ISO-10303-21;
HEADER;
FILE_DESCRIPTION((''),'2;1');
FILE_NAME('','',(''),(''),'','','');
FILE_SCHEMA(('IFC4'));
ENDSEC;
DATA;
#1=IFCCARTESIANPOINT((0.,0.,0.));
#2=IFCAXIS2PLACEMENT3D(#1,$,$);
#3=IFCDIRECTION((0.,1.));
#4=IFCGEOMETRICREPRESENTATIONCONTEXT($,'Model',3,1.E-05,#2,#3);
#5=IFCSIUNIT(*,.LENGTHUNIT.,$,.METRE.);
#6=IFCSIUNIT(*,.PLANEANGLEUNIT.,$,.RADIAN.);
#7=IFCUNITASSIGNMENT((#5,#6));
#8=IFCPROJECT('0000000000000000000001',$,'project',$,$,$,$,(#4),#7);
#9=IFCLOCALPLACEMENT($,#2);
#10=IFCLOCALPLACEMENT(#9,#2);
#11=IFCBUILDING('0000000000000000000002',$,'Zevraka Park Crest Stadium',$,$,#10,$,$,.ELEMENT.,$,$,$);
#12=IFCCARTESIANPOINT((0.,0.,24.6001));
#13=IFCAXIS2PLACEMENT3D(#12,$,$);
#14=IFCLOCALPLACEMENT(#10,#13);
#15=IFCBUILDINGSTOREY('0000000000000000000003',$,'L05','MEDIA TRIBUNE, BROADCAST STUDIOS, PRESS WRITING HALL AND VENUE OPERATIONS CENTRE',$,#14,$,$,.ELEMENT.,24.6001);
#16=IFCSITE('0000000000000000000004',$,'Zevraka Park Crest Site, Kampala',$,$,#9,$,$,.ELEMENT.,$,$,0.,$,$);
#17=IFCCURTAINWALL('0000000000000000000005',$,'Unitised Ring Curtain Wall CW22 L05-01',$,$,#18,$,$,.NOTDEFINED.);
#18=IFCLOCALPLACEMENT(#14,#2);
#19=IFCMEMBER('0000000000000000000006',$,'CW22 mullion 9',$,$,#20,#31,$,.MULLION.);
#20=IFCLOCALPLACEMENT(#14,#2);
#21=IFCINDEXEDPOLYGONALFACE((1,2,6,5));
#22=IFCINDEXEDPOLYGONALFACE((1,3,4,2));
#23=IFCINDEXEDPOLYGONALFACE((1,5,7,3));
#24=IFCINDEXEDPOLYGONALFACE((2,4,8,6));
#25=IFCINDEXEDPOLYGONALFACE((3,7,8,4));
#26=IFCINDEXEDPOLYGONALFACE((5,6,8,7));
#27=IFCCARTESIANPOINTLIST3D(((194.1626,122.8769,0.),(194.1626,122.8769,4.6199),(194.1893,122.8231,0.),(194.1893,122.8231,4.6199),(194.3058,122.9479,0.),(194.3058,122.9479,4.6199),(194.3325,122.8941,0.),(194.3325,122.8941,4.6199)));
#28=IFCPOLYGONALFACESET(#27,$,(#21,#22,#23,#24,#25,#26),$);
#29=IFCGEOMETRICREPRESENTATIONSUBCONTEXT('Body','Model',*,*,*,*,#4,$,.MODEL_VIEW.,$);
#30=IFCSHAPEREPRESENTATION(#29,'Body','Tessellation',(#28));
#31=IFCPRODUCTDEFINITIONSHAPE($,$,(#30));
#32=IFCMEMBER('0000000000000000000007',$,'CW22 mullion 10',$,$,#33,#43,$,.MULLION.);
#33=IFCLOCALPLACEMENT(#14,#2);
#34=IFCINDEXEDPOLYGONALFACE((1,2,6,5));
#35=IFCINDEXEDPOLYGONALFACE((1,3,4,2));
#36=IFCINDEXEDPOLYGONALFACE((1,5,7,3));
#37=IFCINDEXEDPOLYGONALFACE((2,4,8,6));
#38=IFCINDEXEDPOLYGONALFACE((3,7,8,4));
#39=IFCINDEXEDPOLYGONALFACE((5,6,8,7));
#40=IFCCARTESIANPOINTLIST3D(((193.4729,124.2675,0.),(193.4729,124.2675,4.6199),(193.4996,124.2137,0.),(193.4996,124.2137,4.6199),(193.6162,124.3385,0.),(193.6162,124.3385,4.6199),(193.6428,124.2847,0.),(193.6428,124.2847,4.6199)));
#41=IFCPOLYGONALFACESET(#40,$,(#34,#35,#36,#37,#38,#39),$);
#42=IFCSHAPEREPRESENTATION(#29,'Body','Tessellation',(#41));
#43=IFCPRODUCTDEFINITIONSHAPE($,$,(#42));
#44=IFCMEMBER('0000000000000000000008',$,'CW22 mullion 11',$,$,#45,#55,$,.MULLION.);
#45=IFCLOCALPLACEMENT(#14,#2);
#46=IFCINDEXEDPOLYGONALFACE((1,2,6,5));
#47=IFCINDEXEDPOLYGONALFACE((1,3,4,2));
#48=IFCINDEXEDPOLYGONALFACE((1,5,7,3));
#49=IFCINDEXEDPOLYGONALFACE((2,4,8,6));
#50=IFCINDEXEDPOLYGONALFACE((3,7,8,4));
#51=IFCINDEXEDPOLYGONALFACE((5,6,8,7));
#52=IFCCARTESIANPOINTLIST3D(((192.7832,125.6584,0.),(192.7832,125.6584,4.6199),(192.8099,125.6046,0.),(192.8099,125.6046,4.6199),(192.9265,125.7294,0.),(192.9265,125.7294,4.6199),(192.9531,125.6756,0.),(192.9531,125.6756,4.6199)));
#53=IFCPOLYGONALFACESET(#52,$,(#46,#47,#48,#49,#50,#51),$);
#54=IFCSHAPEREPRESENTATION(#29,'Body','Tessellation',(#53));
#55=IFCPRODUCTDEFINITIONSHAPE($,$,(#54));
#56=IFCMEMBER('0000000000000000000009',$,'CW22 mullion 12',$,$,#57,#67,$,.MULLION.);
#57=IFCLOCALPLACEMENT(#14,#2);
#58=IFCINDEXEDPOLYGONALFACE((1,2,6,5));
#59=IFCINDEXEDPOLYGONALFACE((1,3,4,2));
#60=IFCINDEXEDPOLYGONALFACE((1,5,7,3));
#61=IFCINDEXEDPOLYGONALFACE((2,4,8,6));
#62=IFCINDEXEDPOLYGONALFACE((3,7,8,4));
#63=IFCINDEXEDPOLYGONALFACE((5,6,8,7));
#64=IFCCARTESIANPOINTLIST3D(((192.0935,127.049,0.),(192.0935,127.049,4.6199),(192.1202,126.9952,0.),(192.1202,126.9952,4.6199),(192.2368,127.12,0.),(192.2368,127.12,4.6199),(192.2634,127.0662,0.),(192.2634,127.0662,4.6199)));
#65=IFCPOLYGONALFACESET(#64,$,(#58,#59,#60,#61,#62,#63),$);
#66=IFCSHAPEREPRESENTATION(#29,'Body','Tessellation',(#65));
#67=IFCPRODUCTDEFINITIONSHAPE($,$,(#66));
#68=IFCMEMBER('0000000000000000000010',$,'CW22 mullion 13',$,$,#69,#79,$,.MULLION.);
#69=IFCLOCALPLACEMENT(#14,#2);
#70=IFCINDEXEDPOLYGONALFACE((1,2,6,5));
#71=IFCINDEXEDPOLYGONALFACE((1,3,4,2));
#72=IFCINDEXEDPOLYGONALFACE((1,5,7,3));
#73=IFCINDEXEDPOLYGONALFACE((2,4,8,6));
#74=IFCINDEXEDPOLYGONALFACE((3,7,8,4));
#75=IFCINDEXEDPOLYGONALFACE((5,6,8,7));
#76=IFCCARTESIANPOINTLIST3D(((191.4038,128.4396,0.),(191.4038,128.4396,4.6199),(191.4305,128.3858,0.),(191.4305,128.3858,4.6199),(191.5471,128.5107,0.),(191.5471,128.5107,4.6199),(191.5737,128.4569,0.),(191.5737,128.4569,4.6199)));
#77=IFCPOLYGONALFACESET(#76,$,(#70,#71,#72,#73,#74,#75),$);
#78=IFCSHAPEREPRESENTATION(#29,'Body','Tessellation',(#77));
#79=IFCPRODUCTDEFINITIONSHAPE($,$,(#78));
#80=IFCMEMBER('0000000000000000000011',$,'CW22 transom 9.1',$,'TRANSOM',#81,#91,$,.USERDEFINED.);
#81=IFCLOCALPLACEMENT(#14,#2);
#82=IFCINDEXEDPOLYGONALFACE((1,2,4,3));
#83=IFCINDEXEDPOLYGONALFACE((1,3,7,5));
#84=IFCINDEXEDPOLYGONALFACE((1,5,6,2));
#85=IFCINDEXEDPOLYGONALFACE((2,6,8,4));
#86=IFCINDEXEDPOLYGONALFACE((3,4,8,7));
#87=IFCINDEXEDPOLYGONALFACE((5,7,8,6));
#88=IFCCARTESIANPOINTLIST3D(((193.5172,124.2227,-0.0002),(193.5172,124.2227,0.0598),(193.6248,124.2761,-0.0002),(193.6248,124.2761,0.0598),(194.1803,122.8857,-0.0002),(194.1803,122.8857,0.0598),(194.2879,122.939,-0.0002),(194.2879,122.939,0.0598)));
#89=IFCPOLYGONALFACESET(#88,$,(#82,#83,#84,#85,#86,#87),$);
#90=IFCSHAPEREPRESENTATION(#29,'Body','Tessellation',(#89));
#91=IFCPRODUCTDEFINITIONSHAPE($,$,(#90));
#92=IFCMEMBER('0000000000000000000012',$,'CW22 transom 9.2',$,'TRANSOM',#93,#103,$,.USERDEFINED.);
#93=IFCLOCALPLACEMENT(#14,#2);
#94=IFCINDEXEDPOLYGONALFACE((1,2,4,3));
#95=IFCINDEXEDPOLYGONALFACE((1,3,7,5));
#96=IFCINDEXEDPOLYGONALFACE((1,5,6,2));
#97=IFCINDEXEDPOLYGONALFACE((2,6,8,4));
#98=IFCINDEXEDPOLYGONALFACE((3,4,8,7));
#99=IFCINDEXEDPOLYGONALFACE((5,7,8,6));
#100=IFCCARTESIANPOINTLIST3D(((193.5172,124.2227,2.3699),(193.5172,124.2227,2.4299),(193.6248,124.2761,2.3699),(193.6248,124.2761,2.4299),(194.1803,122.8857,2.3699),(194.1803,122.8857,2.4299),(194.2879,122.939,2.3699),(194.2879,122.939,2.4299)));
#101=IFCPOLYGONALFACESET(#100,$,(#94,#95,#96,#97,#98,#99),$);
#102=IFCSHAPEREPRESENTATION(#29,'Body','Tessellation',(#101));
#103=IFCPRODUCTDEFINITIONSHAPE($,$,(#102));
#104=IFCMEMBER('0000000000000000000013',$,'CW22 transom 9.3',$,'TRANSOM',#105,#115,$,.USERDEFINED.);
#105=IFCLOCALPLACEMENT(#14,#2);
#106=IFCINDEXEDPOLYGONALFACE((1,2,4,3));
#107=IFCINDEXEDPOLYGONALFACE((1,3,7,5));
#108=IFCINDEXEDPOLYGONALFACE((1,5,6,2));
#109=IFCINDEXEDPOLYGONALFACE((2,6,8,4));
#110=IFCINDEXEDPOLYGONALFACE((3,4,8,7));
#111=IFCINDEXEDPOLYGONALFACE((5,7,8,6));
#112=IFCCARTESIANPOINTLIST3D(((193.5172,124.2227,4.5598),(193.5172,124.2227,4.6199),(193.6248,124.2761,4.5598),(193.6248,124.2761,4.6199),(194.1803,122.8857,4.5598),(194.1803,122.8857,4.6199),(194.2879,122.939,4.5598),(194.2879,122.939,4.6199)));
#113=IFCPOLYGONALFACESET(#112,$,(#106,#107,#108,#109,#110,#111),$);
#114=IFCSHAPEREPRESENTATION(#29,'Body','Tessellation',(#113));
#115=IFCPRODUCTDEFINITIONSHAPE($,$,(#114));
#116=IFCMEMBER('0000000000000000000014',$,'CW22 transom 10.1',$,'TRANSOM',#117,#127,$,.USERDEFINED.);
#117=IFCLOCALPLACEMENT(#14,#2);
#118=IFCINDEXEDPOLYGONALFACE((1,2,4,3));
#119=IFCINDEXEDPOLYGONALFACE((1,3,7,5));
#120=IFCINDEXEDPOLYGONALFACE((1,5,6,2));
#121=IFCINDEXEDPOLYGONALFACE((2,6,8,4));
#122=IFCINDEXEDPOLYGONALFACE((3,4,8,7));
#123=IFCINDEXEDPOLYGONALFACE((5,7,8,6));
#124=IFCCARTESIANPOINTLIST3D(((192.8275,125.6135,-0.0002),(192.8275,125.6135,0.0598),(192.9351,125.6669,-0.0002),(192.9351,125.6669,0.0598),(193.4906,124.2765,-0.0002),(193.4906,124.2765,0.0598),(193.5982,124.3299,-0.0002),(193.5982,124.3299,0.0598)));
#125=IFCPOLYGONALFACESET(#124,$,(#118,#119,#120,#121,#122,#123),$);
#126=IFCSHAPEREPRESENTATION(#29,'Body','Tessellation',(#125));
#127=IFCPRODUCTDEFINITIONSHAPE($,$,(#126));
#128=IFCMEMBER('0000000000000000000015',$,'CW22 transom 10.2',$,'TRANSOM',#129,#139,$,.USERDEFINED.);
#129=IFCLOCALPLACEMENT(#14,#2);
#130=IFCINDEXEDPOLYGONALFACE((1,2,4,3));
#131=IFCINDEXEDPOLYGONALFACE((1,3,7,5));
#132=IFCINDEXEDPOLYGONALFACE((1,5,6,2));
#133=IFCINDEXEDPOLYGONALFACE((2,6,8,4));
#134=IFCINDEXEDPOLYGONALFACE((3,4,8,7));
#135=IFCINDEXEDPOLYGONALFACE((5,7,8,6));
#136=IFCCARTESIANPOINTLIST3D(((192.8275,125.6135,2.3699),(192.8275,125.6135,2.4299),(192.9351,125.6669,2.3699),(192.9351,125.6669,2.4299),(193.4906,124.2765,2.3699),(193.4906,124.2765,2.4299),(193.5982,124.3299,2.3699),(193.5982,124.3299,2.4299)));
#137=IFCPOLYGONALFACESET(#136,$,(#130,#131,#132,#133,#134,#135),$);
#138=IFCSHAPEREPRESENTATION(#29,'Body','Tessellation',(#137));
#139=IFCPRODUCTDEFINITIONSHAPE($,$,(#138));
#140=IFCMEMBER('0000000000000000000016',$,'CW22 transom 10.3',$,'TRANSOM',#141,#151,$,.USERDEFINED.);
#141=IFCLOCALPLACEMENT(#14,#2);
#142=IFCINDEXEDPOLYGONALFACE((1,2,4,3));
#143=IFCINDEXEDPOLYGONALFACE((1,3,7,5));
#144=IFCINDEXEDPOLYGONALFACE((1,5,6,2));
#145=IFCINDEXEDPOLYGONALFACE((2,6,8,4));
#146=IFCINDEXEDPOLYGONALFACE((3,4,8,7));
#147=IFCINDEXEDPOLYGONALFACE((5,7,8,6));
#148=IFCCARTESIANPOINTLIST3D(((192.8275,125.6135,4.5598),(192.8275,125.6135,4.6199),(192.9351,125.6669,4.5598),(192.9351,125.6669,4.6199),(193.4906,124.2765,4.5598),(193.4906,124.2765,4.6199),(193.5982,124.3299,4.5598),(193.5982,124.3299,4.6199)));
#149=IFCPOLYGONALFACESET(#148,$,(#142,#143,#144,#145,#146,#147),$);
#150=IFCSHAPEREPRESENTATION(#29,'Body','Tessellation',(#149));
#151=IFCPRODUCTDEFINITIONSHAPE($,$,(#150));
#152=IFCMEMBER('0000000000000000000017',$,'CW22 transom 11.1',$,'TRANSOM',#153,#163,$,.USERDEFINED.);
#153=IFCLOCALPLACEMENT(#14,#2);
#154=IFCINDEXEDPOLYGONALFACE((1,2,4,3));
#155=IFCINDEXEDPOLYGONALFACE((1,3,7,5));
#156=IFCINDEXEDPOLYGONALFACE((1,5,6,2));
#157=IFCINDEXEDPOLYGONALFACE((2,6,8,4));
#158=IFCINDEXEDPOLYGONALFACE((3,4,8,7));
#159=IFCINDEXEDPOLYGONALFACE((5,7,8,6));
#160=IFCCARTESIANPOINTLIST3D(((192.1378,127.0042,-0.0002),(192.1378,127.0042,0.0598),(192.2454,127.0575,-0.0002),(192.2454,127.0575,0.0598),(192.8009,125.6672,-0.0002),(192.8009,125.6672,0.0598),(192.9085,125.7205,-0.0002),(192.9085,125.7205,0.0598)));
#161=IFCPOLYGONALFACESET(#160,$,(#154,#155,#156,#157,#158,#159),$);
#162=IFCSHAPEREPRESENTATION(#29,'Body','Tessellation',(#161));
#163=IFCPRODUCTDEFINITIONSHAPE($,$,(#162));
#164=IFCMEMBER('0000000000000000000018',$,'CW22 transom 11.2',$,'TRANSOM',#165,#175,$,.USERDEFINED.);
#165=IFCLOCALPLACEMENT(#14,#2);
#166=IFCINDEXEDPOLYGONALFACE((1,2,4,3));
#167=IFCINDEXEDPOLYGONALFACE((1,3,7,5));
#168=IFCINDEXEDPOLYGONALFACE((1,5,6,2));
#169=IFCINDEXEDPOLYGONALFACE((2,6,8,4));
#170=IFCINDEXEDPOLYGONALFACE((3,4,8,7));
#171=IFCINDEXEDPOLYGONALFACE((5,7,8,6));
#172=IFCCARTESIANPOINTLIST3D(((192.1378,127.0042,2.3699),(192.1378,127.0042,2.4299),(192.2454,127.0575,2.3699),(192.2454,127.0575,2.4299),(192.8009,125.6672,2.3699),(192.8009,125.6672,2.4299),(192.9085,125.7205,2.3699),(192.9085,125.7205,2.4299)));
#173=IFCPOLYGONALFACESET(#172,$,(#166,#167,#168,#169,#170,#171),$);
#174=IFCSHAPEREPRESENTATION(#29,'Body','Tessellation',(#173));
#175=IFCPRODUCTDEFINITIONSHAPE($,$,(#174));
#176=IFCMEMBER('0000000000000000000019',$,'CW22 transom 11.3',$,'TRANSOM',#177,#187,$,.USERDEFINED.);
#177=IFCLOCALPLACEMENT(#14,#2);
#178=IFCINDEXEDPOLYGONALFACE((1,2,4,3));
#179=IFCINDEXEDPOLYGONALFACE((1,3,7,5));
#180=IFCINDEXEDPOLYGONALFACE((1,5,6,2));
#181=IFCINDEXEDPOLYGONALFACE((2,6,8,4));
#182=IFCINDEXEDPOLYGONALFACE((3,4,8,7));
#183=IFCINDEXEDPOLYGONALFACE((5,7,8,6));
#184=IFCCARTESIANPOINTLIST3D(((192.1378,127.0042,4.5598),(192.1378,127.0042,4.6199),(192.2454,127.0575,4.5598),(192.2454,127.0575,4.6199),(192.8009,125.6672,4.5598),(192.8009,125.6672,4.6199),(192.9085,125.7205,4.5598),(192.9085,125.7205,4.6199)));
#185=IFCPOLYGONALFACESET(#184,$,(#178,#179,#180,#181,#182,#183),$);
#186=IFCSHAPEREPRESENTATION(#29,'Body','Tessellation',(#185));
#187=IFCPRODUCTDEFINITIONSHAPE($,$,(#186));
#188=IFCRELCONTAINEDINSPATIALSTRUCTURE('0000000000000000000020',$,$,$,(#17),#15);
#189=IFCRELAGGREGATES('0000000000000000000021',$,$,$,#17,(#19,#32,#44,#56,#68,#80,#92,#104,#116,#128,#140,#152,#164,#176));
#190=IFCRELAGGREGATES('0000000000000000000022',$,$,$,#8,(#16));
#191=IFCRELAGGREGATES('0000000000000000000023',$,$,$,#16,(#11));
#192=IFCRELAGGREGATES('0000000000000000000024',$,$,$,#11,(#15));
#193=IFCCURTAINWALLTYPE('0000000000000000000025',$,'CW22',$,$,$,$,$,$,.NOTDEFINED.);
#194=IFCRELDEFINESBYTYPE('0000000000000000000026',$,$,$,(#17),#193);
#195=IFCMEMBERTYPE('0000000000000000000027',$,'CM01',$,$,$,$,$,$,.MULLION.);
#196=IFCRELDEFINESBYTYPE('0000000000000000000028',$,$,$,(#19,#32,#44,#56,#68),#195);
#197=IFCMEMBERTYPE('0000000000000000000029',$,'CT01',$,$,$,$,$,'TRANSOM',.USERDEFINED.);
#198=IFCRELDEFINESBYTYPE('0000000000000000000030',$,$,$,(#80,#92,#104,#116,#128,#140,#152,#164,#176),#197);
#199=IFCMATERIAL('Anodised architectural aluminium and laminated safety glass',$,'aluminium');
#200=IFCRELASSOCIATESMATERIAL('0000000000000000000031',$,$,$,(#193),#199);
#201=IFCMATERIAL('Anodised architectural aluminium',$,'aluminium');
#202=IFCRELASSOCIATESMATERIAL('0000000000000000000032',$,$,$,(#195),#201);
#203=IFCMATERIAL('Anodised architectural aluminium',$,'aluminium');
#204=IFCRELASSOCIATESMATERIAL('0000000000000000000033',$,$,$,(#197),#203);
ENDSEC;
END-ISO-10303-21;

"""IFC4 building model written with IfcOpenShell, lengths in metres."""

from ifc_helpers import new_model, si_unit, direction, frame, origin, origin_2d, place, context, subcontext, project, spatial, rectangle, extrude, material, material_profile, profile_set, type_object, element, aggregate, save


model = new_model("IFC4")

# Units and contexts
model_context = context("Model", 3, precision=1e-05, world=origin(), true_north=direction((0.0, 1.0)))
body_context = subcontext(model_context, "Body", "Model", "MODEL_VIEW")
ifc_project = project(units=[si_unit("LENGTHUNIT", "METRE"), si_unit("PLANEANGLEUNIT", "RADIAN")], contexts=[model_context])

# Site, building, storey
site_placement = place(None, origin())
site = spatial("IfcSite", under=ifc_project, at=site_placement, Name="Zevraka Park Crest Site, Kampala", CompositionType="ELEMENT", RefElevation=0.0)
building_placement = place(site_placement, origin())
building = spatial("IfcBuilding", under=site, at=building_placement, Name="Zevraka Park Crest Stadium", CompositionType="ELEMENT")
storey_placement = place(building_placement, frame((0.0, 0.0, 24.6001)))
storey = spatial("IfcBuildingStorey", under=building, at=storey_placement, Name="L05", Description="MEDIA TRIBUNE, BROADCAST STUDIOS, PRESS WRITING HALL AND VENUE OPERATIONS CENTRE", CompositionType="ELEMENT", Elevation=24.6001)

# Curtain wall, members
ifc_material_1 = material(Name="Anodised architectural aluminium and laminated safety glass", Category="aluminium")
curtain_wall_type = type_object("IfcCurtainWallType", Name="CW22", PredefinedType="NOTDEFINED", material=ifc_material_1)
curtain_wall_placement = place(storey_placement, origin())
curtain_wall = element("IfcCurtainWall", 1, at=curtain_wall_placement, inside=storey, type_object=curtain_wall_type, Name="Unitised Ring Curtain Wall CW22 L05-01", PredefinedType="NOTDEFINED")
ifc_material_2 = material(Name="Anodised architectural aluminium", Category="aluminium")
ifc_material_profile_1 = material_profile(ifc_material_2, rectangle(XDim=0.1599, YDim=0.0601, at=origin_2d()), Name="ALU MULLION 160x60")
ifc_profile_set_1 = profile_set([ifc_material_profile_1], Name="Anodised architectural aluminium")
member_type_1 = type_object("IfcMemberType", Name="CM01", PredefinedType="MULLION", material=ifc_profile_set_1)
member_1_placement = place(storey_placement, frame((194.2476, 122.8855, 0.0), z_axis=(0.0, 0.0, 1.0), x_axis=(-0.895879, -0.444297, 0.0)))
member_1 = element("IfcMember", 2, at=member_1_placement, type_object=member_type_1, Name="CW22 mullion 9", PredefinedType="MULLION", context=body_context, shape_type="SweptSolid", body=[
    extrude(rectangle(XDim=0.1599, YDim=0.0601, at=origin_2d()), origin(), (0.0, 0.0, 1.0), 4.6199),
])
member_2_placement = place(storey_placement, frame((193.5579, 124.2761, 0.0), z_axis=(0.0, 0.0, 1.0), x_axis=(-0.895879, -0.444297, 0.0)))
member_2 = element("IfcMember", 3, at=member_2_placement, type_object=member_type_1, Name="CW22 mullion 10", PredefinedType="MULLION", context=body_context, shape_type="SweptSolid", body=[
    extrude(rectangle(XDim=0.1599, YDim=0.0601, at=origin_2d()), origin(), (0.0, 0.0, 1.0), 4.6199),
])
member_3_placement = place(storey_placement, frame((192.8682, 125.667, 0.0), z_axis=(0.0, 0.0, 1.0), x_axis=(-0.895879, -0.444297, 0.0)))
member_3 = element("IfcMember", 4, at=member_3_placement, type_object=member_type_1, Name="CW22 mullion 11", PredefinedType="MULLION", context=body_context, shape_type="SweptSolid", body=[
    extrude(rectangle(XDim=0.1599, YDim=0.0601, at=origin_2d()), origin(), (0.0, 0.0, 1.0), 4.6199),
])
member_4_placement = place(storey_placement, frame((192.1785, 127.0576, 0.0), z_axis=(0.0, 0.0, 1.0), x_axis=(-0.895879, -0.444297, 0.0)))
member_4 = element("IfcMember", 5, at=member_4_placement, type_object=member_type_1, Name="CW22 mullion 12", PredefinedType="MULLION", context=body_context, shape_type="SweptSolid", body=[
    extrude(rectangle(XDim=0.1599, YDim=0.0601, at=origin_2d()), origin(), (0.0, 0.0, 1.0), 4.6199),
])
member_5_placement = place(storey_placement, frame((191.4888, 128.4482, 0.0), z_axis=(0.0, 0.0, 1.0), x_axis=(-0.895879, -0.444297, 0.0)))
member_5 = element("IfcMember", 6, at=member_5_placement, type_object=member_type_1, Name="CW22 mullion 13", PredefinedType="MULLION", context=body_context, shape_type="SweptSolid", body=[
    extrude(rectangle(XDim=0.1599, YDim=0.0601, at=origin_2d()), origin(), (0.0, 0.0, 1.0), 4.6199),
])
ifc_material_3 = material(Name="Anodised architectural aluminium", Category="aluminium")
ifc_material_profile_2 = material_profile(ifc_material_3, rectangle(XDim=0.1201, YDim=0.0601, at=origin_2d()), Name="ALU TRANSOM 120x60")
ifc_profile_set_2 = profile_set([ifc_material_profile_2], Name="Anodised architectural aluminium")
member_type_2 = type_object("IfcMemberType", Name="CT01", ElementType="TRANSOM", PredefinedType="USERDEFINED", material=ifc_profile_set_2)
member_6_placement = place(storey_placement, frame((194.2341, 122.9124, 0.0298), z_axis=(-0.444332, 0.895862, 0.0), x_axis=(-0.895862, -0.444332, 0.0)))
member_6 = element("IfcMember", 7, at=member_6_placement, type_object=member_type_2, Name="CW22 transom 9.1", ObjectType="TRANSOM", PredefinedType="USERDEFINED", context=body_context, shape_type="SweptSolid", body=[
    extrude(rectangle(XDim=0.1201, YDim=0.0601, at=origin_2d()), origin(), (0.0, 0.0, 1.0), 1.4924),
])
member_7_placement = place(storey_placement, frame((194.2341, 122.9124, 2.3999), z_axis=(-0.444332, 0.895862, 0.0), x_axis=(-0.895862, -0.444332, 0.0)))
member_7 = element("IfcMember", 8, at=member_7_placement, type_object=member_type_2, Name="CW22 transom 9.2", ObjectType="TRANSOM", PredefinedType="USERDEFINED", context=body_context, shape_type="SweptSolid", body=[
    extrude(rectangle(XDim=0.1201, YDim=0.0601, at=origin_2d()), origin(), (0.0, 0.0, 1.0), 1.4924),
])
member_8_placement = place(storey_placement, frame((194.2341, 122.9124, 4.5898), z_axis=(-0.444332, 0.895862, 0.0), x_axis=(-0.895862, -0.444332, 0.0)))
member_8 = element("IfcMember", 9, at=member_8_placement, type_object=member_type_2, Name="CW22 transom 9.3", ObjectType="TRANSOM", PredefinedType="USERDEFINED", context=body_context, shape_type="SweptSolid", body=[
    extrude(rectangle(XDim=0.1201, YDim=0.0601, at=origin_2d()), origin(), (0.0, 0.0, 1.0), 1.4924),
])
member_9_placement = place(storey_placement, frame((193.5444, 124.3032, 0.0298), z_axis=(-0.444332, 0.895862, 0.0), x_axis=(-0.895862, -0.444332, 0.0)))
member_9 = element("IfcMember", 10, at=member_9_placement, type_object=member_type_2, Name="CW22 transom 10.1", ObjectType="TRANSOM", PredefinedType="USERDEFINED", context=body_context, shape_type="SweptSolid", body=[
    extrude(rectangle(XDim=0.1201, YDim=0.0601, at=origin_2d()), origin(), (0.0, 0.0, 1.0), 1.4924),
])
member_10_placement = place(storey_placement, frame((193.5444, 124.3032, 2.3999), z_axis=(-0.444332, 0.895862, 0.0), x_axis=(-0.895862, -0.444332, 0.0)))
member_10 = element("IfcMember", 11, at=member_10_placement, type_object=member_type_2, Name="CW22 transom 10.2", ObjectType="TRANSOM", PredefinedType="USERDEFINED", context=body_context, shape_type="SweptSolid", body=[
    extrude(rectangle(XDim=0.1201, YDim=0.0601, at=origin_2d()), origin(), (0.0, 0.0, 1.0), 1.4924),
])
member_11_placement = place(storey_placement, frame((193.5444, 124.3032, 4.5898), z_axis=(-0.444332, 0.895862, 0.0), x_axis=(-0.895862, -0.444332, 0.0)))
member_11 = element("IfcMember", 12, at=member_11_placement, type_object=member_type_2, Name="CW22 transom 10.3", ObjectType="TRANSOM", PredefinedType="USERDEFINED", context=body_context, shape_type="SweptSolid", body=[
    extrude(rectangle(XDim=0.1201, YDim=0.0601, at=origin_2d()), origin(), (0.0, 0.0, 1.0), 1.4924),
])
member_12_placement = place(storey_placement, frame((192.8547, 125.6938, 0.0298), z_axis=(-0.444332, 0.895862, 0.0), x_axis=(-0.895862, -0.444332, 0.0)))
member_12 = element("IfcMember", 13, at=member_12_placement, type_object=member_type_2, Name="CW22 transom 11.1", ObjectType="TRANSOM", PredefinedType="USERDEFINED", context=body_context, shape_type="SweptSolid", body=[
    extrude(rectangle(XDim=0.1201, YDim=0.0601, at=origin_2d()), origin(), (0.0, 0.0, 1.0), 1.4924),
])
member_13_placement = place(storey_placement, frame((192.8547, 125.6938, 2.3999), z_axis=(-0.444332, 0.895862, 0.0), x_axis=(-0.895862, -0.444332, 0.0)))
member_13 = element("IfcMember", 14, at=member_13_placement, type_object=member_type_2, Name="CW22 transom 11.2", ObjectType="TRANSOM", PredefinedType="USERDEFINED", context=body_context, shape_type="SweptSolid", body=[
    extrude(rectangle(XDim=0.1201, YDim=0.0601, at=origin_2d()), origin(), (0.0, 0.0, 1.0), 1.4924),
])
member_14_placement = place(storey_placement, frame((192.8547, 125.6938, 4.5898), z_axis=(-0.444332, 0.895862, 0.0), x_axis=(-0.895862, -0.444332, 0.0)))
member_14 = element("IfcMember", 15, at=member_14_placement, type_object=member_type_2, Name="CW22 transom 11.3", ObjectType="TRANSOM", PredefinedType="USERDEFINED", context=body_context, shape_type="SweptSolid", body=[
    extrude(rectangle(XDim=0.1201, YDim=0.0601, at=origin_2d()), origin(), (0.0, 0.0, 1.0), 1.4924),
])
aggregate(curtain_wall, [member_1, member_2, member_3, member_4, member_5, member_6, member_7, member_8, member_9, member_10, member_11, member_12, member_13, member_14])

save(model, "model.ifc")
